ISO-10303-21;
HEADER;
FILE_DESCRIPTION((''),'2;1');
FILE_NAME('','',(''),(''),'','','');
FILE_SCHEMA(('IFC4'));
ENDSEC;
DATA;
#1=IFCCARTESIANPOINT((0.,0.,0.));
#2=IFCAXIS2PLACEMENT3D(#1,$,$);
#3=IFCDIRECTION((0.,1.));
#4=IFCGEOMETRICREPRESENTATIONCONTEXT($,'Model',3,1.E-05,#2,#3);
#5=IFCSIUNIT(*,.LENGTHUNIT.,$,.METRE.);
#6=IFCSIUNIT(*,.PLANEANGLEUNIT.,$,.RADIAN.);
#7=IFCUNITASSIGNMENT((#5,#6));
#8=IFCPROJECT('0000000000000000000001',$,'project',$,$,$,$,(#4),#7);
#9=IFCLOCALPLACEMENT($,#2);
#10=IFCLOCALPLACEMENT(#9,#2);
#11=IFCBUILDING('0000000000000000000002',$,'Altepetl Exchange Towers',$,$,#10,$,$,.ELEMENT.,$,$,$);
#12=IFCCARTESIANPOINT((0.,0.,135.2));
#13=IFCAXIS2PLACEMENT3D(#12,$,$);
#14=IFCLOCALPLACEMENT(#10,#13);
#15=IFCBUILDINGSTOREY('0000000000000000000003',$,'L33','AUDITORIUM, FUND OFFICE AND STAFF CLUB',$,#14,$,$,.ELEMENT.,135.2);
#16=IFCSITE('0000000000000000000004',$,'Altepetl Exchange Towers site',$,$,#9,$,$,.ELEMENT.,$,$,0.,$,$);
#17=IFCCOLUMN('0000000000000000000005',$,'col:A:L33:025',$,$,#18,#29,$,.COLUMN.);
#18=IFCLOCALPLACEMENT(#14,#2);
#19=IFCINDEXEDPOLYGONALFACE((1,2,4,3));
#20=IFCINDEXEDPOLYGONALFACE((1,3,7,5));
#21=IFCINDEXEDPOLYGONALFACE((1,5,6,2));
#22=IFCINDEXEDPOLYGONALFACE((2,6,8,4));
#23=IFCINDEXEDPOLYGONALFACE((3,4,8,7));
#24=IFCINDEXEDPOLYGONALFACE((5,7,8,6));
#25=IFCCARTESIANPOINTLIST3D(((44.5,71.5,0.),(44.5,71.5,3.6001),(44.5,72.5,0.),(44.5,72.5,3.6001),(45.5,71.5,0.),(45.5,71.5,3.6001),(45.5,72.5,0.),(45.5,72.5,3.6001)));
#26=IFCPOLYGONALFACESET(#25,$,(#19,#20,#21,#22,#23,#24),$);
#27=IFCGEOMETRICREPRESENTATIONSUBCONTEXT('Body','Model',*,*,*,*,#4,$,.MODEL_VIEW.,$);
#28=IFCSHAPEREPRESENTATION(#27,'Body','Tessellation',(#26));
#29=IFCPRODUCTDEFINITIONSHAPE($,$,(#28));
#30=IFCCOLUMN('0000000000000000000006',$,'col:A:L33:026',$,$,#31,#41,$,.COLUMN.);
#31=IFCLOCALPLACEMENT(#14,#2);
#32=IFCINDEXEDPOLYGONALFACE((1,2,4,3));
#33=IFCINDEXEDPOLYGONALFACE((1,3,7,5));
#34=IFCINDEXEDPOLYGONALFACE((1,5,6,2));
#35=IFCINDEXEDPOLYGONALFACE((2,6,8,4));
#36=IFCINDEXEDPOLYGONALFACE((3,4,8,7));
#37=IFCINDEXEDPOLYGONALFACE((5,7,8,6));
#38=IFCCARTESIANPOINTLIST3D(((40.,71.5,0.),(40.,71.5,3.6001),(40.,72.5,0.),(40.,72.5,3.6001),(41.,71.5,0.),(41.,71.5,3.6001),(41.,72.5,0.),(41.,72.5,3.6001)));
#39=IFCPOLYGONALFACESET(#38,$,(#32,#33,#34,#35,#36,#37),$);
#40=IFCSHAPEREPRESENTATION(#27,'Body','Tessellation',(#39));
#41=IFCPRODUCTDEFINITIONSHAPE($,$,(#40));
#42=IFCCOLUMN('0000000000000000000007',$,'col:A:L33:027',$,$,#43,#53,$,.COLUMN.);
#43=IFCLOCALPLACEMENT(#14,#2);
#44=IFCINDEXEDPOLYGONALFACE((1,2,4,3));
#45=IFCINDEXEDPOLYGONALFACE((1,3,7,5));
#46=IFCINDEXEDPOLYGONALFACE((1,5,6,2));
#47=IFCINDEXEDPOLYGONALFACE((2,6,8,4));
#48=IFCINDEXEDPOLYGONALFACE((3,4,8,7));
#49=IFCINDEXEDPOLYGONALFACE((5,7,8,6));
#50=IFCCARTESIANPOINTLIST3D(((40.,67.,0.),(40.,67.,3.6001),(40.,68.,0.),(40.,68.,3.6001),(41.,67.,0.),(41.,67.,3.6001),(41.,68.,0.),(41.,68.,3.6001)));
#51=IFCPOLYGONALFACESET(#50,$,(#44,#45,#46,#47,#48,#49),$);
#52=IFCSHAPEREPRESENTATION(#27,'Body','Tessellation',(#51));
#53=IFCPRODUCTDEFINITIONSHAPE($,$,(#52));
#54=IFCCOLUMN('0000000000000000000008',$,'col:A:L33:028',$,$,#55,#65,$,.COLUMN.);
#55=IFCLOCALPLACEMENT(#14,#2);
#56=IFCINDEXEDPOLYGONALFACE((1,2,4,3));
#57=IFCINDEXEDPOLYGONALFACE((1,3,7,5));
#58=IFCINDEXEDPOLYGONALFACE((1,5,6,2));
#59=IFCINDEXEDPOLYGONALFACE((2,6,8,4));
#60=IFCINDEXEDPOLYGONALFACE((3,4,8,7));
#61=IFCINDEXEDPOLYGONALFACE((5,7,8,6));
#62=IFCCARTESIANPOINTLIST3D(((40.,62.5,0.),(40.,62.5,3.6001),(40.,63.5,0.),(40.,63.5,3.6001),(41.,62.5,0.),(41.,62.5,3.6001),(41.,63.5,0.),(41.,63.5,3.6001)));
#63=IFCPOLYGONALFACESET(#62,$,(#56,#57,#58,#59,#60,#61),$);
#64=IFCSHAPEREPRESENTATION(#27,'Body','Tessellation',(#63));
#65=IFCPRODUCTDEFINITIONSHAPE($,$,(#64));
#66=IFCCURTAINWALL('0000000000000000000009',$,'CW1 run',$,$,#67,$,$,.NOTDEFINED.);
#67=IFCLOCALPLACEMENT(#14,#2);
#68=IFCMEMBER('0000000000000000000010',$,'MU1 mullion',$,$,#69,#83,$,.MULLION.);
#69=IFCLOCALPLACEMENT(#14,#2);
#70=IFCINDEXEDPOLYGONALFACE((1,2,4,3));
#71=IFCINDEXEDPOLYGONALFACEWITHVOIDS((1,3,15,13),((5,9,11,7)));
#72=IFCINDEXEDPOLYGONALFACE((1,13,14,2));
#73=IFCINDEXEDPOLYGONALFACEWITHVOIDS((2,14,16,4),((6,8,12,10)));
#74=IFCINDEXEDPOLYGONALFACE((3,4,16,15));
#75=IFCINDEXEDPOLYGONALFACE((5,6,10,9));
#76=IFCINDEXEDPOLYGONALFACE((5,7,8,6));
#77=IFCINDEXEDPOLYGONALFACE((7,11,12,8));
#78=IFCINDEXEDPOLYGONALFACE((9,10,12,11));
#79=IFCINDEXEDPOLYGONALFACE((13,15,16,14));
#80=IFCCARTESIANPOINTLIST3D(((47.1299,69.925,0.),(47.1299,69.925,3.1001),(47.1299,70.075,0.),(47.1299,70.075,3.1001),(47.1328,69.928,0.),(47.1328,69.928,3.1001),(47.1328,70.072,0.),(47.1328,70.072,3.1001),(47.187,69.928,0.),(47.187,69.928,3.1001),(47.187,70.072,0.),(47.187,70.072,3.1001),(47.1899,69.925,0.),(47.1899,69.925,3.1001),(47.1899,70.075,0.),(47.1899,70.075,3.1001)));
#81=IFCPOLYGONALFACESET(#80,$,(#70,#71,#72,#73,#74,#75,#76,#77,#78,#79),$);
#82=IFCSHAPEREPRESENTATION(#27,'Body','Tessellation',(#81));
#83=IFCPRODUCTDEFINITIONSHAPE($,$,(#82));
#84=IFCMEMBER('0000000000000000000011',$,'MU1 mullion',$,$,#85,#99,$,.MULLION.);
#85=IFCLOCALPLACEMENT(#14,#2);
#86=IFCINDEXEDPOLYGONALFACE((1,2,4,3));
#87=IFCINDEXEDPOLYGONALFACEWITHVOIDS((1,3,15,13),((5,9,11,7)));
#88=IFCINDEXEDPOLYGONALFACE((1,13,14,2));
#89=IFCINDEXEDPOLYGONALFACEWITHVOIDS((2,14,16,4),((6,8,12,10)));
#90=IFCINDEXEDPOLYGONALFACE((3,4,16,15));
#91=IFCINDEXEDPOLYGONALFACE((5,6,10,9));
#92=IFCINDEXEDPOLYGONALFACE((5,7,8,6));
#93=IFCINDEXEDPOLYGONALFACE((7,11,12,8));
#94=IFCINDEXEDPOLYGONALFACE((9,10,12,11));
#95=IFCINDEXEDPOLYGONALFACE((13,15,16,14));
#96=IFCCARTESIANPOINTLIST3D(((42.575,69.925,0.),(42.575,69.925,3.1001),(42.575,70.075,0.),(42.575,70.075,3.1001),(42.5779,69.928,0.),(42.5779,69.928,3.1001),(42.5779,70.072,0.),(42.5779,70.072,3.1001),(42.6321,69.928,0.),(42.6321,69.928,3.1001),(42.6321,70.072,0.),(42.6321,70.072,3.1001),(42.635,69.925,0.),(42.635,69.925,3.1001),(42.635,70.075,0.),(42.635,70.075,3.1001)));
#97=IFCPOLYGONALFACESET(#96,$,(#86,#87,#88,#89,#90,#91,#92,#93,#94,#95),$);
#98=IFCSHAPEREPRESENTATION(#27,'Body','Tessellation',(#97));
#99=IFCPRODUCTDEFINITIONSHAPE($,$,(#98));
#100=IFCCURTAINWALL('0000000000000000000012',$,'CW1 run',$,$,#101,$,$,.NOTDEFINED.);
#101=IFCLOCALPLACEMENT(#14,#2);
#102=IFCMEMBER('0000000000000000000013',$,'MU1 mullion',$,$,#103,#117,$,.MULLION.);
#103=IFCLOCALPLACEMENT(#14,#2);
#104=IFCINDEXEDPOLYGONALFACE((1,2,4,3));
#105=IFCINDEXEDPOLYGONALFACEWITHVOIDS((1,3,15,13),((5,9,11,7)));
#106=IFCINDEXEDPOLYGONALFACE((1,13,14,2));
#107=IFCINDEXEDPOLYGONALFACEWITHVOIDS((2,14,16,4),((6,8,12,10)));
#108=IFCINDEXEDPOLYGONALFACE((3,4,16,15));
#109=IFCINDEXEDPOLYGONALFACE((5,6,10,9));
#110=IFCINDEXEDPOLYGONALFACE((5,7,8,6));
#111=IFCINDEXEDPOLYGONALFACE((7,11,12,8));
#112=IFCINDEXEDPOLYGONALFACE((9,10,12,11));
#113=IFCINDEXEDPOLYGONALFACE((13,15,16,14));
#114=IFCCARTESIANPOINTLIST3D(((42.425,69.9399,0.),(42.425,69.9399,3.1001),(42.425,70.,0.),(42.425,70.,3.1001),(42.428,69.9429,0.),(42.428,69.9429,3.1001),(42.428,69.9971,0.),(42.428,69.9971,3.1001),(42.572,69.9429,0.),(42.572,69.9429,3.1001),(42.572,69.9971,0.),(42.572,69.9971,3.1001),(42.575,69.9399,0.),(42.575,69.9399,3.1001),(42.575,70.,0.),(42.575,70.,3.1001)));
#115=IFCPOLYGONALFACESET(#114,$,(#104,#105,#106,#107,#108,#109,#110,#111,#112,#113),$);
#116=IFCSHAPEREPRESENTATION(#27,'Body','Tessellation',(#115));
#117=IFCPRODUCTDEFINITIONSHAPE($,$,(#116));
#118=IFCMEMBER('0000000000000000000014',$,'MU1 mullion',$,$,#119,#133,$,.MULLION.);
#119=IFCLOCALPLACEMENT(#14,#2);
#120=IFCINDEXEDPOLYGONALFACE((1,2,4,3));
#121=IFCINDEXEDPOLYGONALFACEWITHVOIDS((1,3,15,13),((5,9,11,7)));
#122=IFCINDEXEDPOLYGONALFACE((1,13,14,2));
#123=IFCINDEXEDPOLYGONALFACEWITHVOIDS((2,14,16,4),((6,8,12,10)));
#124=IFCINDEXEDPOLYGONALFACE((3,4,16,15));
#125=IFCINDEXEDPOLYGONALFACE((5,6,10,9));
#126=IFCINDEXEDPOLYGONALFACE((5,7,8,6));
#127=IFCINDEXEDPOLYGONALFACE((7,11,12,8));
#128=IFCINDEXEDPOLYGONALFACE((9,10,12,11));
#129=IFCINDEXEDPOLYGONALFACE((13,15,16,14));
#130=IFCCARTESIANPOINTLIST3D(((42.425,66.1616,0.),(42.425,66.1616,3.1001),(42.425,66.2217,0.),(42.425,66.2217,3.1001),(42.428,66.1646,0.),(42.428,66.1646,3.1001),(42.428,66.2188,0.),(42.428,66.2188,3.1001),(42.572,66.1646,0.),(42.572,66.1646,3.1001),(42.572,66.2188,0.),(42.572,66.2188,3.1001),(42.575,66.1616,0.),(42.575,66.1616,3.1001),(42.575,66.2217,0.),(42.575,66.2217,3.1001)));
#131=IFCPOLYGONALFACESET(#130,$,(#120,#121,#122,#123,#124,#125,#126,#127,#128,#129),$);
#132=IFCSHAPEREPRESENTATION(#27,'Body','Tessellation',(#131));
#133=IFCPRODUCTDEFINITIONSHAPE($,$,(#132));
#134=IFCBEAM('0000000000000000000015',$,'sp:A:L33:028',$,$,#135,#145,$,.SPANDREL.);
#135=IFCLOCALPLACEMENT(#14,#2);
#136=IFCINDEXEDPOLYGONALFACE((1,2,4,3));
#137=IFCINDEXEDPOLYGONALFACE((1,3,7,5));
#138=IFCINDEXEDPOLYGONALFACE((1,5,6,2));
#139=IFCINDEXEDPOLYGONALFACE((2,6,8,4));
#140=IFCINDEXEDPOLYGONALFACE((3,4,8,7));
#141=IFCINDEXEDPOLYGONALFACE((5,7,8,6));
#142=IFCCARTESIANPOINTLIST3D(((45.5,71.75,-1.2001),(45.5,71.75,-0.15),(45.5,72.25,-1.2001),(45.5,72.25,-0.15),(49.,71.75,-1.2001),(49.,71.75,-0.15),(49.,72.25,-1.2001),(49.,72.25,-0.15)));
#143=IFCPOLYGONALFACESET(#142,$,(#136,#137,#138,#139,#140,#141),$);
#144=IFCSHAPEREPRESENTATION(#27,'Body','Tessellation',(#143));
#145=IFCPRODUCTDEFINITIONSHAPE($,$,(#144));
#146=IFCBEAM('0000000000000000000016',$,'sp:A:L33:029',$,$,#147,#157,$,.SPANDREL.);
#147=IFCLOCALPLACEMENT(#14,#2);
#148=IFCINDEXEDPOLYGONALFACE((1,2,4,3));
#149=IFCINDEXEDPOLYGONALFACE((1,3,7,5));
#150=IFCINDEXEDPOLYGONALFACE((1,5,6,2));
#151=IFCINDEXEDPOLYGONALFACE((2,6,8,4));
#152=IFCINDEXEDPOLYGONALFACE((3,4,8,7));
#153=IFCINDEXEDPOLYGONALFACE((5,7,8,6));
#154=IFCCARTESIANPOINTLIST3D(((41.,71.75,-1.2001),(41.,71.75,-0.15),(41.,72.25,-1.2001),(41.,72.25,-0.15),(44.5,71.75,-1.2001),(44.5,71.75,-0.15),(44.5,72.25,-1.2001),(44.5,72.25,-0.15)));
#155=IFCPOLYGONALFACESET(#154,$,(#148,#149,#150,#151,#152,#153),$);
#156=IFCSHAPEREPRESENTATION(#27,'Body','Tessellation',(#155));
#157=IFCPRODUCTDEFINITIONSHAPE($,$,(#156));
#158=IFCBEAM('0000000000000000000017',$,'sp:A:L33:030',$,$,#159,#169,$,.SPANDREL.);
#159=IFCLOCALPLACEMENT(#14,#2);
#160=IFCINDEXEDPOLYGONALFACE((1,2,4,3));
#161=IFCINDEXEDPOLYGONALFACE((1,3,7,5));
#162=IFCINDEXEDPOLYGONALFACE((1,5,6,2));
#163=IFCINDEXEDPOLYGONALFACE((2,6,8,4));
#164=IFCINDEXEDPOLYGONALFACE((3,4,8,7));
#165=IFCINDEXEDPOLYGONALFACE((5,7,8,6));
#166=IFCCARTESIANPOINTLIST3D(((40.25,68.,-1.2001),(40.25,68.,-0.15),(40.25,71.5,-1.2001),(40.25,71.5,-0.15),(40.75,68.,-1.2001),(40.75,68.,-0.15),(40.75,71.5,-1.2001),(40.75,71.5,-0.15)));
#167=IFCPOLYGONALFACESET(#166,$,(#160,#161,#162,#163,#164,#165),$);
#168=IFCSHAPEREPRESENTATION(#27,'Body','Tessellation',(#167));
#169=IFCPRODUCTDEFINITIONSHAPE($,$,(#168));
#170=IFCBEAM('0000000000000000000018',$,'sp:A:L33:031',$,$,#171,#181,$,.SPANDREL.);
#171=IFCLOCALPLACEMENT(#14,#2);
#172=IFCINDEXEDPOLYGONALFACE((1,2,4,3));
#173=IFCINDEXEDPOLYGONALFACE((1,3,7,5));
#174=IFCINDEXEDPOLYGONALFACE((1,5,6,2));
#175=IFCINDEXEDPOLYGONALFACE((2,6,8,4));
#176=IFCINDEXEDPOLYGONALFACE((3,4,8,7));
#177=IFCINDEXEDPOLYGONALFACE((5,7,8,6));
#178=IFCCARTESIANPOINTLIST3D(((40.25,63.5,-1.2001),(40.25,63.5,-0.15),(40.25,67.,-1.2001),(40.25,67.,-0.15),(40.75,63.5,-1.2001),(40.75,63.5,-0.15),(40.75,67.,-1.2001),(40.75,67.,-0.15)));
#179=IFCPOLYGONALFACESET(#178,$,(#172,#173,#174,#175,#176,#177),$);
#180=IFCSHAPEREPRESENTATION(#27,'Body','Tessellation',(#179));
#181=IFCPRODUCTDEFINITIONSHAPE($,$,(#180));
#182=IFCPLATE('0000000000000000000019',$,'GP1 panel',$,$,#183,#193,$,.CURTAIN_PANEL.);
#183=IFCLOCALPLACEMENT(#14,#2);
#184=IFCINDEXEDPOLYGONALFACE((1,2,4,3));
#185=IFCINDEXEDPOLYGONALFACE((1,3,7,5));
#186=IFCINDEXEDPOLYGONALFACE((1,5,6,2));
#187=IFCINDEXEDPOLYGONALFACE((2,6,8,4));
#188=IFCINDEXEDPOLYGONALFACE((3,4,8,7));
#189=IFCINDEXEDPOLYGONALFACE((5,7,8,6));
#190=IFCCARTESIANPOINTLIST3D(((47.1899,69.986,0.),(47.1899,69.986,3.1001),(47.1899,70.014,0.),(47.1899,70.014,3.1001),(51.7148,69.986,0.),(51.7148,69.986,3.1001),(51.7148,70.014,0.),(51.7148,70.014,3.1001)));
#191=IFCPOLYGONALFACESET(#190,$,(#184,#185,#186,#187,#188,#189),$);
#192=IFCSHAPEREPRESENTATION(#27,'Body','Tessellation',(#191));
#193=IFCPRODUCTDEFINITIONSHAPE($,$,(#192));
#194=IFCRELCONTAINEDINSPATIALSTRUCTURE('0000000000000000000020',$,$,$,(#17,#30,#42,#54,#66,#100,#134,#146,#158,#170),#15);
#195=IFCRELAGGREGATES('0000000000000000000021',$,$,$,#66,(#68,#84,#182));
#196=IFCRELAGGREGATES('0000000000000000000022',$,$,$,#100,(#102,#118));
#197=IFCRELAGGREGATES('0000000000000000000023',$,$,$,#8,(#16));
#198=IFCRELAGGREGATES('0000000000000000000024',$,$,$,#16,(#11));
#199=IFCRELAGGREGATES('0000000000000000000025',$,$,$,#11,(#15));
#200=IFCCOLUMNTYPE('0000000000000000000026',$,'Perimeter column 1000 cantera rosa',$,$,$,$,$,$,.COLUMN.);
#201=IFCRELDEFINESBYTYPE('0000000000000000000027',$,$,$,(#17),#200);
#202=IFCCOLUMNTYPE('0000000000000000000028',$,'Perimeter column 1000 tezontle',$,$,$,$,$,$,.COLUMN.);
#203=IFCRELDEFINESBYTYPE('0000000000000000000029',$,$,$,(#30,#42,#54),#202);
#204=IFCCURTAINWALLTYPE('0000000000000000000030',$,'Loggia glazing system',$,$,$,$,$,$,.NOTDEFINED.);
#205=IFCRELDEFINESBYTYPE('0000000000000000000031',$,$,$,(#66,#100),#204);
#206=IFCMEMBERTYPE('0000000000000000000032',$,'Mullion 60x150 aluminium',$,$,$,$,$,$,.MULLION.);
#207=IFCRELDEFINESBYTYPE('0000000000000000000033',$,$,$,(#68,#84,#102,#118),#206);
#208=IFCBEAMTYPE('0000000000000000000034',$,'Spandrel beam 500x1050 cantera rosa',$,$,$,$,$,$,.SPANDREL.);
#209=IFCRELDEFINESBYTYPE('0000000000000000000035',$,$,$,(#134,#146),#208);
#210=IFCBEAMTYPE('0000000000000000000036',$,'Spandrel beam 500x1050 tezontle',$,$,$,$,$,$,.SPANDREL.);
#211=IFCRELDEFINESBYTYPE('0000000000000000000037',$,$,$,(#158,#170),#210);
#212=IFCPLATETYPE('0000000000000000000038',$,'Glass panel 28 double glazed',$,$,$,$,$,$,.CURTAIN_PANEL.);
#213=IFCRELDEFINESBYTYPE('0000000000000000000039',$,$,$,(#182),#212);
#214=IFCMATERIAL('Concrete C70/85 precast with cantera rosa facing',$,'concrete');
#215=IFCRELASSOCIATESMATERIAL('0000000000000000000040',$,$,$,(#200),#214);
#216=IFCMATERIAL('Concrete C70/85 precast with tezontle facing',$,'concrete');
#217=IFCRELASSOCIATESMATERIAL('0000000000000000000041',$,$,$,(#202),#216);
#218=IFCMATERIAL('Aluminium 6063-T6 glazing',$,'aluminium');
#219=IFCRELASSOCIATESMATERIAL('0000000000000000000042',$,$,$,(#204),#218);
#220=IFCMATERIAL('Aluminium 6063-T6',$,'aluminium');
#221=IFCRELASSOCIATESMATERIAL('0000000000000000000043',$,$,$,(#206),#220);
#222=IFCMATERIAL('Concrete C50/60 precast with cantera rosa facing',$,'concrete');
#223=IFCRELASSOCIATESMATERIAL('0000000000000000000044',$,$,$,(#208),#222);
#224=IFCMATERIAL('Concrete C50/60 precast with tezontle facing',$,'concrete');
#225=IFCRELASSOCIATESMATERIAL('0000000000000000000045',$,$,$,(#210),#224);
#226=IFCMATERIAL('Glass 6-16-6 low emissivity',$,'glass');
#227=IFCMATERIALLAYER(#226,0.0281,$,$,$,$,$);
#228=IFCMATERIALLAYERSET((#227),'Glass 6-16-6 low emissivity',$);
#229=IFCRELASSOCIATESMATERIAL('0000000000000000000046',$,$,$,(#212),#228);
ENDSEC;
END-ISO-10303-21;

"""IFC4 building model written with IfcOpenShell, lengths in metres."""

from ifc_helpers import new_model, si_unit, direction, frame, origin, origin_2d, place, context, subcontext, project, spatial, rectangle, hollow_rectangle, extrude, material, layer, layer_set, material_profile, profile_set, type_object, element, aggregate, save


model = new_model("IFC4")

# Units and contexts
model_context = context("Model", 3, precision=1e-05, world=origin(), true_north=direction((0.0, 1.0)))
body_context = subcontext(model_context, "Body", "Model", "MODEL_VIEW")
ifc_project = project(units=[si_unit("LENGTHUNIT", "METRE"), si_unit("PLANEANGLEUNIT", "RADIAN")], contexts=[model_context])

# Site, building, storey
site_placement = place(None, origin())
site = spatial("IfcSite", under=ifc_project, at=site_placement, Name="Altepetl Exchange Towers site", CompositionType="ELEMENT", RefElevation=0.0)
building_placement = place(site_placement, origin())
building = spatial("IfcBuilding", under=site, at=building_placement, Name="Altepetl Exchange Towers", CompositionType="ELEMENT")
storey_placement = place(building_placement, frame((0.0, 0.0, 135.2)))
storey = spatial("IfcBuildingStorey", under=building, at=storey_placement, Name="L33", Description="AUDITORIUM, FUND OFFICE AND STAFF CLUB", CompositionType="ELEMENT", Elevation=135.2)

# Columns
ifc_material_1 = material(Name="Concrete C70/85 precast with cantera rosa facing", Category="concrete")
ifc_material_profile_1 = material_profile(ifc_material_1, rectangle(XDim=1.0, YDim=1.0, at=origin_2d()), Name="1000 x 1000")
ifc_profile_set_1 = profile_set([ifc_material_profile_1], Name="Concrete C70/85 precast with cantera rosa facing")
column_type_1 = type_object("IfcColumnType", Name="Perimeter column 1000 cantera rosa", PredefinedType="COLUMN", material=ifc_profile_set_1)
column_placement = place(storey_placement, frame((45.0, 72.0, 0.0)))
element("IfcColumn", 1, at=column_placement, inside=storey, type_object=column_type_1, Name="col:A:L33:025", PredefinedType="COLUMN", context=body_context, shape_type="SweptSolid", body=[
    extrude(rectangle(XDim=1.0, YDim=1.0, at=origin_2d()), origin(), (0.0, 0.0, 1.0), 3.6001),
])
ifc_material_2 = material(Name="Concrete C70/85 precast with tezontle facing", Category="concrete")
ifc_material_profile_2 = material_profile(ifc_material_2, rectangle(XDim=1.0, YDim=1.0, at=origin_2d()), Name="1000 x 1000")
ifc_profile_set_2 = profile_set([ifc_material_profile_2], Name="Concrete C70/85 precast with tezontle facing")
column_type_2 = type_object("IfcColumnType", Name="Perimeter column 1000 tezontle", PredefinedType="COLUMN", material=ifc_profile_set_2)
for number, where, name in (
    (2, (40.5, 72.0, 0.0), "col:A:L33:026"),
    (3, (40.5, 67.5, 0.0), "col:A:L33:027"),
    (4, (40.5, 63.0, 0.0), "col:A:L33:028"),
):
    element("IfcColumn", number, at=place(storey_placement, frame(where)), inside=storey, type_object=column_type_2, Name=name, PredefinedType="COLUMN", context=body_context, shape_type="SweptSolid", body=[
        extrude(rectangle(XDim=1.0, YDim=1.0, at=origin_2d()), origin(), (0.0, 0.0, 1.0), 3.6001),
    ])

# Curtain walls, members
ifc_material_3 = material(Name="Aluminium 6063-T6 glazing", Category="aluminium")
curtain_wall_type = type_object("IfcCurtainWallType", Name="Loggia glazing system", PredefinedType="NOTDEFINED", material=ifc_material_3)
curtain_wall_1_placement = place(storey_placement, origin())
curtain_wall_1 = element("IfcCurtainWall", 5, at=curtain_wall_1_placement, inside=storey, type_object=curtain_wall_type, Name="CW1 run", PredefinedType="NOTDEFINED")
ifc_material_4 = material(Name="Aluminium 6063-T6", Category="aluminium")
ifc_material_profile_3 = material_profile(ifc_material_4, hollow_rectangle(XDim=0.0601, YDim=0.1499, WallThickness=0.0029, at=origin_2d()), Name="Mullion 60x150 aluminium")
ifc_profile_set_3 = profile_set([ifc_material_profile_3], Name="Aluminium 6063-T6")
member_type = type_object("IfcMemberType", Name="Mullion 60x150 aluminium", PredefinedType="MULLION", material=ifc_profile_set_3)
member_1_placement = place(storey_placement, frame((47.1599, 70.0, 0.0), z_axis=(0.0, 0.0, 1.0), x_axis=(-1.0, 0.0, 0.0)))
member_1 = element("IfcMember", 6, at=member_1_placement, type_object=member_type, Name="MU1 mullion", PredefinedType="MULLION", context=body_context, shape_type="SweptSolid", body=[
    extrude(hollow_rectangle(XDim=0.0601, YDim=0.1499, WallThickness=0.0029, at=origin_2d()), origin(), (0.0, 0.0, 1.0), 3.1001),
])
member_2_placement = place(storey_placement, frame((42.605, 70.0, 0.0), z_axis=(0.0, 0.0, 1.0), x_axis=(-1.0, 0.0, 0.0)))
member_2 = element("IfcMember", 7, at=member_2_placement, type_object=member_type, Name="MU1 mullion", PredefinedType="MULLION", context=body_context, shape_type="SweptSolid", body=[
    extrude(hollow_rectangle(XDim=0.0601, YDim=0.1499, WallThickness=0.0029, at=origin_2d()), origin(), (0.0, 0.0, 1.0), 3.1001),
])
curtain_wall_2_placement = place(storey_placement, origin())
curtain_wall_2 = element("IfcCurtainWall", 8, at=curtain_wall_2_placement, inside=storey, type_object=curtain_wall_type, Name="CW1 run", PredefinedType="NOTDEFINED")
member_3_placement = place(storey_placement, frame((42.5, 69.97, 0.0), z_axis=(0.0, 0.0, 1.0), x_axis=(0.0, -1.0, 0.0)))
member_3 = element("IfcMember", 9, at=member_3_placement, type_object=member_type, Name="MU1 mullion", PredefinedType="MULLION", context=body_context, shape_type="SweptSolid", body=[
    extrude(hollow_rectangle(XDim=0.0601, YDim=0.1499, WallThickness=0.0029, at=origin_2d()), origin(), (0.0, 0.0, 1.0), 3.1001),
])
member_4_placement = place(storey_placement, frame((42.5, 66.1917, 0.0), z_axis=(0.0, 0.0, 1.0), x_axis=(0.0, -1.0, 0.0)))
member_4 = element("IfcMember", 10, at=member_4_placement, type_object=member_type, Name="MU1 mullion", PredefinedType="MULLION", context=body_context, shape_type="SweptSolid", body=[
    extrude(hollow_rectangle(XDim=0.0601, YDim=0.1499, WallThickness=0.0029, at=origin_2d()), origin(), (0.0, 0.0, 1.0), 3.1001),
])

# Beams
ifc_material_5 = material(Name="Concrete C50/60 precast with cantera rosa facing", Category="concrete")
ifc_material_profile_4 = material_profile(ifc_material_5, rectangle(XDim=0.5, YDim=1.05, at=origin_2d()), Name="500 x 1050")
ifc_profile_set_4 = profile_set([ifc_material_profile_4], Name="Concrete C50/60 precast with cantera rosa facing")
beam_type_1 = type_object("IfcBeamType", Name="Spandrel beam 500x1050 cantera rosa", PredefinedType="SPANDREL", material=ifc_profile_set_4)
for number, where, z_axis, x_axis, name in (
    (11, (49.0, 72.0, -0.675), (-1.0, 0.0, 0.0), (0.0, -1.0, 0.0), "sp:A:L33:028"),
    (12, (44.5, 72.0, -0.675), (-1.0, 0.0, 0.0), (0.0, -1.0, 0.0), "sp:A:L33:029"),
):
    element("IfcBeam", number, at=place(storey_placement, frame(where, z_axis=z_axis, x_axis=x_axis)), inside=storey, type_object=beam_type_1, Name=name, PredefinedType="SPANDREL", context=body_context, shape_type="SweptSolid", body=[
        extrude(rectangle(XDim=0.5, YDim=1.05, at=origin_2d()), origin(), (0.0, 0.0, 1.0), 3.5),
    ])
ifc_material_6 = material(Name="Concrete C50/60 precast with tezontle facing", Category="concrete")
ifc_material_profile_5 = material_profile(ifc_material_6, rectangle(XDim=0.5, YDim=1.05, at=origin_2d()), Name="500 x 1050")
ifc_profile_set_5 = profile_set([ifc_material_profile_5], Name="Concrete C50/60 precast with tezontle facing")
beam_type_2 = type_object("IfcBeamType", Name="Spandrel beam 500x1050 tezontle", PredefinedType="SPANDREL", material=ifc_profile_set_5)
for number, where, z_axis, x_axis, name in (
    (13, (40.5, 71.5, -0.675), (0.0, -1.0, 0.0), (1.0, 0.0, 0.0), "sp:A:L33:030"),
    (14, (40.5, 67.0, -0.675), (0.0, -1.0, 0.0), (1.0, 0.0, 0.0), "sp:A:L33:031"),
):
    element("IfcBeam", number, at=place(storey_placement, frame(where, z_axis=z_axis, x_axis=x_axis)), inside=storey, type_object=beam_type_2, Name=name, PredefinedType="SPANDREL", context=body_context, shape_type="SweptSolid", body=[
        extrude(rectangle(XDim=0.5, YDim=1.05, at=origin_2d()), origin(), (0.0, 0.0, 1.0), 3.5),
    ])

# Plate
ifc_material_7 = material(Name="Glass 6-16-6 low emissivity", Category="glass")
ifc_layer = layer(ifc_material_7, 0.0281)
ifc_layer_set = layer_set([ifc_layer], Name="Glass 6-16-6 low emissivity")
plate_type = type_object("IfcPlateType", Name="Glass panel 28 double glazed", PredefinedType="CURTAIN_PANEL", material=ifc_layer_set)
plate_1_placement = place(storey_placement, frame((49.4524, 70.0, 0.0), z_axis=(0.0, 0.0, 1.0), x_axis=(-1.0, 0.0, 0.0)))
plate_1 = element("IfcPlate", 15, at=plate_1_placement, type_object=plate_type, Name="GP1 panel", PredefinedType="CURTAIN_PANEL", context=body_context, shape_type="SweptSolid", body=[
    extrude(rectangle(XDim=4.5249, YDim=0.0281, at=origin_2d()), origin(), (0.0, 0.0, 1.0), 3.1001),
])
aggregate(curtain_wall_1, [member_1, member_2, plate_1])
aggregate(curtain_wall_2, [member_3, member_4])

save(model, "model.ifc")
